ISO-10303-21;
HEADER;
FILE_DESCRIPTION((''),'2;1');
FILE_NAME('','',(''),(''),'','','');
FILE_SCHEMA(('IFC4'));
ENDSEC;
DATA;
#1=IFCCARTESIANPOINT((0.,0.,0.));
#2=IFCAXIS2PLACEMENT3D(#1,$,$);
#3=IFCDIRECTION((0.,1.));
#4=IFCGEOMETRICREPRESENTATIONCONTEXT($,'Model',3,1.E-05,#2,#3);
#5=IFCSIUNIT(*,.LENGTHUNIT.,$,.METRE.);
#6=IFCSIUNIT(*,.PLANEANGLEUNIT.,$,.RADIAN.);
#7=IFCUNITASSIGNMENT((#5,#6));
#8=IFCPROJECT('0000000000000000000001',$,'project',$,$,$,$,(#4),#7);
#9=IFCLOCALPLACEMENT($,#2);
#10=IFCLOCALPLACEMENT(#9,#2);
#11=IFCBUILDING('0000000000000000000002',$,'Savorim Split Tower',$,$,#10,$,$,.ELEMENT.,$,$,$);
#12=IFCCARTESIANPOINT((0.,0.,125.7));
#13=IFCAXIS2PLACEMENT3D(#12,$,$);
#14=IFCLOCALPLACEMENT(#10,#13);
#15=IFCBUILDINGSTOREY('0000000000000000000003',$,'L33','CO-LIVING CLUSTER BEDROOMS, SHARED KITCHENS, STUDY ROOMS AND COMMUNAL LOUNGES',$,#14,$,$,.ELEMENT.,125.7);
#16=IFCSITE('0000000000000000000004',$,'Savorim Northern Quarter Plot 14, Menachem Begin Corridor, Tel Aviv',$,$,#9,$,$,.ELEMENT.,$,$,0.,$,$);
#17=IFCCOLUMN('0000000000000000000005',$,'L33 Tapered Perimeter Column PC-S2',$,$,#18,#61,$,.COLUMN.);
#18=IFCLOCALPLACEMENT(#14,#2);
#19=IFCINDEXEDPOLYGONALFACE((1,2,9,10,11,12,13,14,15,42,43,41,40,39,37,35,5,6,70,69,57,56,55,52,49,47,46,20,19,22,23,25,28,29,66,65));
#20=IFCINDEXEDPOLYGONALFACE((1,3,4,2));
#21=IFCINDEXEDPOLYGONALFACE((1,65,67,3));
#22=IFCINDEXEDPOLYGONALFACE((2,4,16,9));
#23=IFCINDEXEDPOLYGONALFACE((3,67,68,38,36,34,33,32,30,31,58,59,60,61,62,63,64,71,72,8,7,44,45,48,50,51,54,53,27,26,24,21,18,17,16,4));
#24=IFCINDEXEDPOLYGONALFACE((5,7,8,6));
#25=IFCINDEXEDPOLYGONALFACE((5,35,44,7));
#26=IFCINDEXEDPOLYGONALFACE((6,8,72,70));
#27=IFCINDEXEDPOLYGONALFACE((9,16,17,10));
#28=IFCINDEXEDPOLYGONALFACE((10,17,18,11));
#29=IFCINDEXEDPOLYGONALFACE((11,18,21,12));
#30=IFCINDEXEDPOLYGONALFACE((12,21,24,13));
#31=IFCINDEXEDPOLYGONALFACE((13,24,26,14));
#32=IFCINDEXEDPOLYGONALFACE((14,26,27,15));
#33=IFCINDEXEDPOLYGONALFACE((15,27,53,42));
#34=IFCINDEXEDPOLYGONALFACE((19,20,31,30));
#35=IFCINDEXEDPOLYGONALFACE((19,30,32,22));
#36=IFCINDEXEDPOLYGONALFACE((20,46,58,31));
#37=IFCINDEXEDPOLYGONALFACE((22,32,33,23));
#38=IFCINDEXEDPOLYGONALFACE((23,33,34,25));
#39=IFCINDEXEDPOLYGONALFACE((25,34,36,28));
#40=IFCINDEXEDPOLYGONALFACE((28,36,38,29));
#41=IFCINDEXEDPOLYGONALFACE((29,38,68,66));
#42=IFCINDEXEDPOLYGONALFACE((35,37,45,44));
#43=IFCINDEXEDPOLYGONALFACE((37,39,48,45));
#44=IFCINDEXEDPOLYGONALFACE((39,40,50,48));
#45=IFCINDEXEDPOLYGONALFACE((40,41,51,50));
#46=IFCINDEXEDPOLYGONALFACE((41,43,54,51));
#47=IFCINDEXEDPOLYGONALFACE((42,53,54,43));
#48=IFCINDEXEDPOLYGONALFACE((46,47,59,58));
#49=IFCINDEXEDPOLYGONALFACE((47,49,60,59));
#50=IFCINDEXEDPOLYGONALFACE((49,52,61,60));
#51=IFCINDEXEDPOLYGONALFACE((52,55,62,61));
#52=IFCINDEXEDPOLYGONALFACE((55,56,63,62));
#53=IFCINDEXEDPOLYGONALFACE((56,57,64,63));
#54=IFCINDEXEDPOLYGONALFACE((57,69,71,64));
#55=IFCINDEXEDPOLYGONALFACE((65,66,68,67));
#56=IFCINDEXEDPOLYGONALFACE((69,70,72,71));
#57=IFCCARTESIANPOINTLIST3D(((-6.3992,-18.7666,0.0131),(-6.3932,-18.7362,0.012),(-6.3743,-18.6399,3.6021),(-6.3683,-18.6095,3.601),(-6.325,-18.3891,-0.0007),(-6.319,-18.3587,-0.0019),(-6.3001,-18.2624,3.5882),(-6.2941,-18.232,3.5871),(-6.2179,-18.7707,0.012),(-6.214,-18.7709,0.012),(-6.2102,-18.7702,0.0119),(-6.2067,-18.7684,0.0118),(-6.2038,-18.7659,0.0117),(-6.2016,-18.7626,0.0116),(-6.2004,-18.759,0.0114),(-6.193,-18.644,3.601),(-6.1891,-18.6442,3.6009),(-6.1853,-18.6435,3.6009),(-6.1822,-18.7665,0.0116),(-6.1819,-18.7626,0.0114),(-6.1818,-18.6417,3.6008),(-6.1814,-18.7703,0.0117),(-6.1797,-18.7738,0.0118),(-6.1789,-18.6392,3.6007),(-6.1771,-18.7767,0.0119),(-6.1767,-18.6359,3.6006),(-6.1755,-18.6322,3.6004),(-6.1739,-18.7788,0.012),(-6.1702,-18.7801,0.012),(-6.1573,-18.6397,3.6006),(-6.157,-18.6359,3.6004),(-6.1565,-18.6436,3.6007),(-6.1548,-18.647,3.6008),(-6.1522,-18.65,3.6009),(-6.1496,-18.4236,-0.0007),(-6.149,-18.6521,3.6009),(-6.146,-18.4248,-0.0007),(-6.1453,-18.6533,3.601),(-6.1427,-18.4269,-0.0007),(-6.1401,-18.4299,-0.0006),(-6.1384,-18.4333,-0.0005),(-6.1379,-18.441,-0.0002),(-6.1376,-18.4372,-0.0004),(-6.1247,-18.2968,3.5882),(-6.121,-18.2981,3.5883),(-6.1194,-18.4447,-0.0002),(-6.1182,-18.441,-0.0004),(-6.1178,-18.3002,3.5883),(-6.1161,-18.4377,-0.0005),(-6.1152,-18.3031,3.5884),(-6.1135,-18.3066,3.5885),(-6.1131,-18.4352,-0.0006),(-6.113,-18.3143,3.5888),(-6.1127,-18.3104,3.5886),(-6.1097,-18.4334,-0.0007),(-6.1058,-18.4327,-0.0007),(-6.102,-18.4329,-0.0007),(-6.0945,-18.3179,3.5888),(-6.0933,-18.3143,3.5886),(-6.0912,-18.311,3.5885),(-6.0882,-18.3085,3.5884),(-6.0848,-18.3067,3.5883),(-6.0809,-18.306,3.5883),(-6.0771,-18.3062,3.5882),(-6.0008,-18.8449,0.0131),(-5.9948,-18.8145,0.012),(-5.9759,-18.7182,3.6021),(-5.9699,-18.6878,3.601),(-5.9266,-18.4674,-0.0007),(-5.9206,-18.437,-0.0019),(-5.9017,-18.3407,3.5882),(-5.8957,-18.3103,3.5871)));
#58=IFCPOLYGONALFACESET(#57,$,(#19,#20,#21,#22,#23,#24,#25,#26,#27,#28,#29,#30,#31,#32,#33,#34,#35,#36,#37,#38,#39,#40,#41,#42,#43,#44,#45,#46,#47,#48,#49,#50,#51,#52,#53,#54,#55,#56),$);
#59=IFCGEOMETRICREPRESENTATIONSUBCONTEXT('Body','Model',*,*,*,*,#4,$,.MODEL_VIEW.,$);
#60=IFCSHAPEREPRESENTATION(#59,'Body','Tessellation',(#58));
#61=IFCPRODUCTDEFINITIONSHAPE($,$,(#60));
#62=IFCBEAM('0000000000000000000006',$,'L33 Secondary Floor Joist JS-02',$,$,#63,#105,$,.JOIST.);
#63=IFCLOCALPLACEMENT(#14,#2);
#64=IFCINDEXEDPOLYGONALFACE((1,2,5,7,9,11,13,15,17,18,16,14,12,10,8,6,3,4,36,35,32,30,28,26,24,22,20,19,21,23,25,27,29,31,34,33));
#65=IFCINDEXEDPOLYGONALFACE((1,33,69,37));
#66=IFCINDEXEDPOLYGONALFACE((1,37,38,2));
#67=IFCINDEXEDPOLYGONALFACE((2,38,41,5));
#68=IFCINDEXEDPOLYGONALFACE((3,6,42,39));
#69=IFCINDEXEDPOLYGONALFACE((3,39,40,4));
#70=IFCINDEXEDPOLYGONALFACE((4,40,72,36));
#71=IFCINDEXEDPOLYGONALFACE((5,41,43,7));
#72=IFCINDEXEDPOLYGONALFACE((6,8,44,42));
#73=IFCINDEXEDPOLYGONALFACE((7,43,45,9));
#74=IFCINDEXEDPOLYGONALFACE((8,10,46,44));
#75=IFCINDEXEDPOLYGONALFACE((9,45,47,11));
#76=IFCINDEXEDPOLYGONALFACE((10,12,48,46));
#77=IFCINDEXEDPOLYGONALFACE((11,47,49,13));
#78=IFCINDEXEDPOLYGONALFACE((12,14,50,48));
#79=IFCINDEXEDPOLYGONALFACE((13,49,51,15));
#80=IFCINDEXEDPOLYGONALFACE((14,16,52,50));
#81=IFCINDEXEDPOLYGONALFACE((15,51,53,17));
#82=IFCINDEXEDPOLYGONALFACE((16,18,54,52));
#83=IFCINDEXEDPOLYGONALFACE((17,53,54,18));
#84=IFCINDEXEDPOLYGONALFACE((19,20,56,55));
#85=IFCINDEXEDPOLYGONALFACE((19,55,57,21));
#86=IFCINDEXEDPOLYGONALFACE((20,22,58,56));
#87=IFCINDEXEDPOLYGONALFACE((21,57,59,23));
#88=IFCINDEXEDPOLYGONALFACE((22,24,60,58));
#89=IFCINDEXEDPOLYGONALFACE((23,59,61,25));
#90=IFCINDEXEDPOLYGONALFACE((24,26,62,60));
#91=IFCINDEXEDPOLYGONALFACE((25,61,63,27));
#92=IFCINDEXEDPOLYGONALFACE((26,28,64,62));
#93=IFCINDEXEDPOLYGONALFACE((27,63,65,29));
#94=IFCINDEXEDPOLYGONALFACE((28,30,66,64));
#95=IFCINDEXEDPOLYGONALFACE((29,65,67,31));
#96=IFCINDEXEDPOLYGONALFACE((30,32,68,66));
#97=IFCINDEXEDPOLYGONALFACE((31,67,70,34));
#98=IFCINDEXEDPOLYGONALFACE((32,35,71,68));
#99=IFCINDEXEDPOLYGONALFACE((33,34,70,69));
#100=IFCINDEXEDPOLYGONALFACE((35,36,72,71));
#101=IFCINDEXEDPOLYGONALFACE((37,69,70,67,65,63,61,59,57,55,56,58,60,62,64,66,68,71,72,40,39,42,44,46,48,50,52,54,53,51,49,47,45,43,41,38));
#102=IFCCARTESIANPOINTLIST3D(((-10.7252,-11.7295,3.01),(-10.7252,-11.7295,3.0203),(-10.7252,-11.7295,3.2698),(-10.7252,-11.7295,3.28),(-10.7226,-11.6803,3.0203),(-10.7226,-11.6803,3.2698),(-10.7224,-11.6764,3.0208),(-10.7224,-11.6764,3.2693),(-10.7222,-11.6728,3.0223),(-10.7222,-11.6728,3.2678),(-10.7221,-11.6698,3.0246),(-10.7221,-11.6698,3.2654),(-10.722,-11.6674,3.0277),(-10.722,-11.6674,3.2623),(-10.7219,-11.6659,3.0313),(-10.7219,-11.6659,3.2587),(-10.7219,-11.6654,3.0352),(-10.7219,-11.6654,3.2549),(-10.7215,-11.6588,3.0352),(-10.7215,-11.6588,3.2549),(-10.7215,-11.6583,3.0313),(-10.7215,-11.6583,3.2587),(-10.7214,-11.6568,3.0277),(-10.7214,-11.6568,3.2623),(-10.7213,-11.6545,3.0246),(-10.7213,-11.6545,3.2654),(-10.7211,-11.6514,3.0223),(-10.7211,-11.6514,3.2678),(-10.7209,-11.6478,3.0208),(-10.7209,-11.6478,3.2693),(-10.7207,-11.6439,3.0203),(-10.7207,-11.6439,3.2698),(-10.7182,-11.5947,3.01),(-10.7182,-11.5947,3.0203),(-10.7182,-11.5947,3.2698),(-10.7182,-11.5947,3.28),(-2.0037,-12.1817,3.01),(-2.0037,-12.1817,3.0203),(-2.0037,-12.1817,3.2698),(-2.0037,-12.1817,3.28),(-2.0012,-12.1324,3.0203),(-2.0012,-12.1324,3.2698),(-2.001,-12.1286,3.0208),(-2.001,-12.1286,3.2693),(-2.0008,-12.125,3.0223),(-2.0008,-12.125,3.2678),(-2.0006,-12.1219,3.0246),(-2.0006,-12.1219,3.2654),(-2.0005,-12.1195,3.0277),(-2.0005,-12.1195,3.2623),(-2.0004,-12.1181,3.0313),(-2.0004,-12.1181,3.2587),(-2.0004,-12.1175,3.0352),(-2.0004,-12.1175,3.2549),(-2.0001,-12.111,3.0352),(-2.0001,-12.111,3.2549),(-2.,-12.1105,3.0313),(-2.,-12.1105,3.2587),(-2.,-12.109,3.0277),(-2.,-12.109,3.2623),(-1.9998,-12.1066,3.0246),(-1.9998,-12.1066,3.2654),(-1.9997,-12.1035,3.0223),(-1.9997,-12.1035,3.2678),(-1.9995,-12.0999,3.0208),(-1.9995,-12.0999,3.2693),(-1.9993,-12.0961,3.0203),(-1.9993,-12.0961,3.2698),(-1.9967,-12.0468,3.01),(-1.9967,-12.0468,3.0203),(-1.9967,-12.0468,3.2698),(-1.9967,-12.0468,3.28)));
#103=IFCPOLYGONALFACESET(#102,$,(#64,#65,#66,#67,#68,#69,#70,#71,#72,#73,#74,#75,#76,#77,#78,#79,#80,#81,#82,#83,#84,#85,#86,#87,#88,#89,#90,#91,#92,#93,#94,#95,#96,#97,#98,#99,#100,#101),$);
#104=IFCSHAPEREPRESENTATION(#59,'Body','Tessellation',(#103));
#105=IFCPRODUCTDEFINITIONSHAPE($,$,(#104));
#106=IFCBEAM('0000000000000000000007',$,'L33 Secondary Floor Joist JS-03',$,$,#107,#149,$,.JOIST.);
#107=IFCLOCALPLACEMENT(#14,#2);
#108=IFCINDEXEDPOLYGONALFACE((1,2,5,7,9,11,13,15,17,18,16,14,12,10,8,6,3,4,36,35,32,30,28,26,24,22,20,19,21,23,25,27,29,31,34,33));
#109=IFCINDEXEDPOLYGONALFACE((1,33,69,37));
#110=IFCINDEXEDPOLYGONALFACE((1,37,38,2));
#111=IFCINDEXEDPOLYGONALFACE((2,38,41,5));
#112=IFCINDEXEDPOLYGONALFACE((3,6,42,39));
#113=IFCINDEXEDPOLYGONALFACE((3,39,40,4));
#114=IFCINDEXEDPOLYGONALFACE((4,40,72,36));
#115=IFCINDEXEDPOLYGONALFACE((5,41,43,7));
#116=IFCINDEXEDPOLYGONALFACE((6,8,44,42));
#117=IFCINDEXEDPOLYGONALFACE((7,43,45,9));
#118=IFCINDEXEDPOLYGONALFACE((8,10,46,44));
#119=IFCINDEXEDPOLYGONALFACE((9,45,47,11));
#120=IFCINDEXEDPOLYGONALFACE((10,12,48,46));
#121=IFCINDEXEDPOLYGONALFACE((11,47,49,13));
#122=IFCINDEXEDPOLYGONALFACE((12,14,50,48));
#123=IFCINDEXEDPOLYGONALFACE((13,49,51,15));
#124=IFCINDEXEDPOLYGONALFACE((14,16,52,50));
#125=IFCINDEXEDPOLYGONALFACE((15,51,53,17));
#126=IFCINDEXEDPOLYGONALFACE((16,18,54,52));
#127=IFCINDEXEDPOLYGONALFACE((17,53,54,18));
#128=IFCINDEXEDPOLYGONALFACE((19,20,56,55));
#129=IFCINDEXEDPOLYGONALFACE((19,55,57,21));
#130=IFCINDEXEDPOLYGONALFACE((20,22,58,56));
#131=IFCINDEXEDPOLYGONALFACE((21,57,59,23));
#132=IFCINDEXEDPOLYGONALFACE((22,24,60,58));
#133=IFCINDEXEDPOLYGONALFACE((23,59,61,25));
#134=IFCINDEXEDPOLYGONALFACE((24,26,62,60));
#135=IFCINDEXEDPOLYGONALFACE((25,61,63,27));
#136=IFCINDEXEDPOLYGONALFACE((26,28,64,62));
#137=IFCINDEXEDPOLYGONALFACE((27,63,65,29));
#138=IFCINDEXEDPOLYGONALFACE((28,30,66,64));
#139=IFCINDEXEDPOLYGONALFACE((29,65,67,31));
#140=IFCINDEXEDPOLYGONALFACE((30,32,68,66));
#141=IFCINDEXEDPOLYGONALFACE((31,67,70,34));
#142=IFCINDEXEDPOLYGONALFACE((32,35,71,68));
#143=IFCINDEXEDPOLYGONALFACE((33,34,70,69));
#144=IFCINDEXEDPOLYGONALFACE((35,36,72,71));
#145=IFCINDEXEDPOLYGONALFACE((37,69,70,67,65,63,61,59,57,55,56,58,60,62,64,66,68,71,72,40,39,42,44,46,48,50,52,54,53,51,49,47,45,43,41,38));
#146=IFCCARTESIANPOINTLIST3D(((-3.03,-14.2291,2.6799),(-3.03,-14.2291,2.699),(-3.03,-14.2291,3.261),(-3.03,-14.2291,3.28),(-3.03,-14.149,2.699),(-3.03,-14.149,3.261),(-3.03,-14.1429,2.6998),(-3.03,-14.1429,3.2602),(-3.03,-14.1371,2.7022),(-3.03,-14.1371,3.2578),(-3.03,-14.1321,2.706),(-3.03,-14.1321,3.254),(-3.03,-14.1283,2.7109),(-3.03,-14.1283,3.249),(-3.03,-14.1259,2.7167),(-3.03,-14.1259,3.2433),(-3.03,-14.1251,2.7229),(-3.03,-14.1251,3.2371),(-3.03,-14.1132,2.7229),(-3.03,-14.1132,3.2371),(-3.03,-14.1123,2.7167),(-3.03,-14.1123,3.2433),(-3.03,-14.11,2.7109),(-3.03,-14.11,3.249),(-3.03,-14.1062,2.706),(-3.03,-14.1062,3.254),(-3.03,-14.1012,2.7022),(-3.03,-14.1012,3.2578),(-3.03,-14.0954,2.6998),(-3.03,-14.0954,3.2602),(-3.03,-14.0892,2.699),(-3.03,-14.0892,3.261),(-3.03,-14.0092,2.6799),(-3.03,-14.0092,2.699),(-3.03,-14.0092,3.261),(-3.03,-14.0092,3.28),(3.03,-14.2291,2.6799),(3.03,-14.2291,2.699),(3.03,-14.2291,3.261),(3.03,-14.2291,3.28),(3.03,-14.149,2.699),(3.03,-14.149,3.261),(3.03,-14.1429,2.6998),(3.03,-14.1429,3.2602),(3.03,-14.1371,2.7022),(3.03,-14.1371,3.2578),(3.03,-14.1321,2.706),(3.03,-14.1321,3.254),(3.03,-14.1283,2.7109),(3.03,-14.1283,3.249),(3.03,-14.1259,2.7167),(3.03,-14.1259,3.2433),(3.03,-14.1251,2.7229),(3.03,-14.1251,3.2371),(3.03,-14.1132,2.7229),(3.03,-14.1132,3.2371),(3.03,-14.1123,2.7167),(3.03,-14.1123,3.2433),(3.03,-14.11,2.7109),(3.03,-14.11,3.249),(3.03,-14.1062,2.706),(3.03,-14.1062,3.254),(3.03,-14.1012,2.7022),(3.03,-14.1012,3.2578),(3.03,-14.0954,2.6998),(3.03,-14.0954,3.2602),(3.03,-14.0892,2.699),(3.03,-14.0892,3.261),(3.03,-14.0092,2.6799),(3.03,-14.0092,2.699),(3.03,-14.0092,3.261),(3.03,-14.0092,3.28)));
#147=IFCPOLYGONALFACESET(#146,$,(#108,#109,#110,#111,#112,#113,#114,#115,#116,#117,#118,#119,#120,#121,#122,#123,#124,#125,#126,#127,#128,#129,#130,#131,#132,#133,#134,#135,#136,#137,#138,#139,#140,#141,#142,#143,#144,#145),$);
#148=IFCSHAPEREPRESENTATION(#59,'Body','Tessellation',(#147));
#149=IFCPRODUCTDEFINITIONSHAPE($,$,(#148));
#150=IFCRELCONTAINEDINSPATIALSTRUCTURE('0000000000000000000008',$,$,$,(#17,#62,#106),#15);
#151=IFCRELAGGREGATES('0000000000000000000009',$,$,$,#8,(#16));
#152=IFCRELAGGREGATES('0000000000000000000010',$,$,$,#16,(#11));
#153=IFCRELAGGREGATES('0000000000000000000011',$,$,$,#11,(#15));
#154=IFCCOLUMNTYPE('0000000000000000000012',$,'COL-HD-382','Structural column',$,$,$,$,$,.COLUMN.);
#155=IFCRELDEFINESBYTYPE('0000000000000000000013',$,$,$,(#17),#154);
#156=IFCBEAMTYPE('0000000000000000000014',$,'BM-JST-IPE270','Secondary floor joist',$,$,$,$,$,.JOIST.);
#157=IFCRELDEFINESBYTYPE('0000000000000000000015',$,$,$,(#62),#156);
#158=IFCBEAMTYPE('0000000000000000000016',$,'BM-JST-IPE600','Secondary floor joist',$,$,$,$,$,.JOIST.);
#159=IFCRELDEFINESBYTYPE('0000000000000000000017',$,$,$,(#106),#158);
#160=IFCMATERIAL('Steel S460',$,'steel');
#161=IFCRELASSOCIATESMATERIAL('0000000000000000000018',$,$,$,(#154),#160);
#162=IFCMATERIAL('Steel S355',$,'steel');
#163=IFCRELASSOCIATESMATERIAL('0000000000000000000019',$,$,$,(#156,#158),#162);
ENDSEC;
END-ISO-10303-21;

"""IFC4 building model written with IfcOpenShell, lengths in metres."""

from ifc_helpers import new_model, si_unit, direction, frame, origin, origin_2d, place, context, subcontext, project, spatial, i_section, extrude, material, material_profile, profile_set, type_object, element, save


model = new_model("IFC4")

# Units and contexts
model_context = context("Model", 3, precision=1e-05, world=origin(), true_north=direction((0.0, 1.0)))
body_context = subcontext(model_context, "Body", "Model", "MODEL_VIEW")
ifc_project = project(units=[si_unit("LENGTHUNIT", "METRE"), si_unit("PLANEANGLEUNIT", "RADIAN")], contexts=[model_context])

# Site, building, storey
site_placement = place(None, origin())
site = spatial("IfcSite", under=ifc_project, at=site_placement, Name="Savorim Northern Quarter Plot 14, Menachem Begin Corridor, Tel Aviv", CompositionType="ELEMENT", RefElevation=0.0)
building_placement = place(site_placement, origin())
building = spatial("IfcBuilding", under=site, at=building_placement, Name="Savorim Split Tower", CompositionType="ELEMENT")
storey_placement = place(building_placement, frame((0.0, 0.0, 125.7)))
storey = spatial("IfcBuildingStorey", under=building, at=storey_placement, Name="L33", Description="CO-LIVING CLUSTER BEDROOMS, SHARED KITCHENS, STUDY ROOMS AND COMMUNAL LOUNGES", CompositionType="ELEMENT", Elevation=125.7)

# Column
ifc_material_1 = material(Name="Steel S460", Category="steel")
ifc_material_profile_1 = material_profile(ifc_material_1, i_section(OverallWidth=0.406, OverallDepth=0.416, WebThickness=0.0188, FlangeThickness=0.031, FilletRadius=0.0149, at=origin_2d()), Name="HD 400x382")
ifc_profile_set_1 = profile_set([ifc_material_profile_1], Name="Steel S460")
column_type = type_object("IfcColumnType", Name="COL-HD-382", Description="Structural column", PredefinedType="COLUMN", material=ifc_profile_set_1)
column_placement = place(storey_placement, frame((-6.1599, -18.6018, 0.0056), z_axis=(0.006934, 0.035283, 0.999353), x_axis=(-0.98123, 0.192843, 0.0)))
element("IfcColumn", 1, at=column_placement, inside=storey, type_object=column_type, Name="L33 Tapered Perimeter Column PC-S2", PredefinedType="COLUMN", context=body_context, shape_type="SweptSolid", body=[
    extrude(i_section(OverallWidth=0.406, OverallDepth=0.416, WebThickness=0.0188, FlangeThickness=0.031, FilletRadius=0.0149, at=origin_2d()), origin(), (0.0, 0.0, 1.0), 3.5913),
])

# Beams
ifc_material_2 = material(Name="Steel S355", Category="steel")
ifc_material_profile_2 = material_profile(ifc_material_2, i_section(OverallWidth=0.135, OverallDepth=0.27, WebThickness=0.0066, FlangeThickness=0.0103, FilletRadius=0.0149, at=origin_2d()), Name="IPE 270")
ifc_profile_set_2 = profile_set([ifc_material_profile_2], Name="Steel S355")
beam_type_1 = type_object("IfcBeamType", Name="BM-JST-IPE270", Description="Secondary floor joist", PredefinedType="JOIST", material=ifc_profile_set_2)
beam_1_placement = place(storey_placement, frame((-10.7217, -11.6621, 3.145), z_axis=(0.998659, -0.051774, 0.0), x_axis=(0.051774, 0.998659, 0.0)))
element("IfcBeam", 2, at=beam_1_placement, inside=storey, type_object=beam_type_1, Name="L33 Secondary Floor Joist JS-02", PredefinedType="JOIST", context=body_context, shape_type="SweptSolid", body=[
    extrude(i_section(OverallWidth=0.135, OverallDepth=0.27, WebThickness=0.0066, FlangeThickness=0.0103, FilletRadius=0.0149, at=origin_2d()), origin(), (0.0, 0.0, 1.0), 8.7332),
])
ifc_material_profile_3 = material_profile(ifc_material_2, i_section(OverallWidth=0.22, OverallDepth=0.6001, WebThickness=0.012, FlangeThickness=0.019, FilletRadius=0.0239, at=origin_2d()), Name="IPE 600")
ifc_profile_set_3 = profile_set([ifc_material_profile_3], Name="Steel S355")
beam_type_2 = type_object("IfcBeamType", Name="BM-JST-IPE600", Description="Secondary floor joist", PredefinedType="JOIST", material=ifc_profile_set_3)
beam_2_placement = place(storey_placement, frame((-3.03, -14.1191, 2.98), z_axis=(1.0, 0.0, 0.0), x_axis=(0.0, 1.0, 0.0)))
element("IfcBeam", 3, at=beam_2_placement, inside=storey, type_object=beam_type_2, Name="L33 Secondary Floor Joist JS-03", PredefinedType="JOIST", context=body_context, shape_type="SweptSolid", body=[
    extrude(i_section(OverallWidth=0.22, OverallDepth=0.6001, WebThickness=0.012, FlangeThickness=0.019, FilletRadius=0.0239, at=origin_2d()), origin(), (0.0, 0.0, 1.0), 6.0601),
])

save(model, "model.ifc")
